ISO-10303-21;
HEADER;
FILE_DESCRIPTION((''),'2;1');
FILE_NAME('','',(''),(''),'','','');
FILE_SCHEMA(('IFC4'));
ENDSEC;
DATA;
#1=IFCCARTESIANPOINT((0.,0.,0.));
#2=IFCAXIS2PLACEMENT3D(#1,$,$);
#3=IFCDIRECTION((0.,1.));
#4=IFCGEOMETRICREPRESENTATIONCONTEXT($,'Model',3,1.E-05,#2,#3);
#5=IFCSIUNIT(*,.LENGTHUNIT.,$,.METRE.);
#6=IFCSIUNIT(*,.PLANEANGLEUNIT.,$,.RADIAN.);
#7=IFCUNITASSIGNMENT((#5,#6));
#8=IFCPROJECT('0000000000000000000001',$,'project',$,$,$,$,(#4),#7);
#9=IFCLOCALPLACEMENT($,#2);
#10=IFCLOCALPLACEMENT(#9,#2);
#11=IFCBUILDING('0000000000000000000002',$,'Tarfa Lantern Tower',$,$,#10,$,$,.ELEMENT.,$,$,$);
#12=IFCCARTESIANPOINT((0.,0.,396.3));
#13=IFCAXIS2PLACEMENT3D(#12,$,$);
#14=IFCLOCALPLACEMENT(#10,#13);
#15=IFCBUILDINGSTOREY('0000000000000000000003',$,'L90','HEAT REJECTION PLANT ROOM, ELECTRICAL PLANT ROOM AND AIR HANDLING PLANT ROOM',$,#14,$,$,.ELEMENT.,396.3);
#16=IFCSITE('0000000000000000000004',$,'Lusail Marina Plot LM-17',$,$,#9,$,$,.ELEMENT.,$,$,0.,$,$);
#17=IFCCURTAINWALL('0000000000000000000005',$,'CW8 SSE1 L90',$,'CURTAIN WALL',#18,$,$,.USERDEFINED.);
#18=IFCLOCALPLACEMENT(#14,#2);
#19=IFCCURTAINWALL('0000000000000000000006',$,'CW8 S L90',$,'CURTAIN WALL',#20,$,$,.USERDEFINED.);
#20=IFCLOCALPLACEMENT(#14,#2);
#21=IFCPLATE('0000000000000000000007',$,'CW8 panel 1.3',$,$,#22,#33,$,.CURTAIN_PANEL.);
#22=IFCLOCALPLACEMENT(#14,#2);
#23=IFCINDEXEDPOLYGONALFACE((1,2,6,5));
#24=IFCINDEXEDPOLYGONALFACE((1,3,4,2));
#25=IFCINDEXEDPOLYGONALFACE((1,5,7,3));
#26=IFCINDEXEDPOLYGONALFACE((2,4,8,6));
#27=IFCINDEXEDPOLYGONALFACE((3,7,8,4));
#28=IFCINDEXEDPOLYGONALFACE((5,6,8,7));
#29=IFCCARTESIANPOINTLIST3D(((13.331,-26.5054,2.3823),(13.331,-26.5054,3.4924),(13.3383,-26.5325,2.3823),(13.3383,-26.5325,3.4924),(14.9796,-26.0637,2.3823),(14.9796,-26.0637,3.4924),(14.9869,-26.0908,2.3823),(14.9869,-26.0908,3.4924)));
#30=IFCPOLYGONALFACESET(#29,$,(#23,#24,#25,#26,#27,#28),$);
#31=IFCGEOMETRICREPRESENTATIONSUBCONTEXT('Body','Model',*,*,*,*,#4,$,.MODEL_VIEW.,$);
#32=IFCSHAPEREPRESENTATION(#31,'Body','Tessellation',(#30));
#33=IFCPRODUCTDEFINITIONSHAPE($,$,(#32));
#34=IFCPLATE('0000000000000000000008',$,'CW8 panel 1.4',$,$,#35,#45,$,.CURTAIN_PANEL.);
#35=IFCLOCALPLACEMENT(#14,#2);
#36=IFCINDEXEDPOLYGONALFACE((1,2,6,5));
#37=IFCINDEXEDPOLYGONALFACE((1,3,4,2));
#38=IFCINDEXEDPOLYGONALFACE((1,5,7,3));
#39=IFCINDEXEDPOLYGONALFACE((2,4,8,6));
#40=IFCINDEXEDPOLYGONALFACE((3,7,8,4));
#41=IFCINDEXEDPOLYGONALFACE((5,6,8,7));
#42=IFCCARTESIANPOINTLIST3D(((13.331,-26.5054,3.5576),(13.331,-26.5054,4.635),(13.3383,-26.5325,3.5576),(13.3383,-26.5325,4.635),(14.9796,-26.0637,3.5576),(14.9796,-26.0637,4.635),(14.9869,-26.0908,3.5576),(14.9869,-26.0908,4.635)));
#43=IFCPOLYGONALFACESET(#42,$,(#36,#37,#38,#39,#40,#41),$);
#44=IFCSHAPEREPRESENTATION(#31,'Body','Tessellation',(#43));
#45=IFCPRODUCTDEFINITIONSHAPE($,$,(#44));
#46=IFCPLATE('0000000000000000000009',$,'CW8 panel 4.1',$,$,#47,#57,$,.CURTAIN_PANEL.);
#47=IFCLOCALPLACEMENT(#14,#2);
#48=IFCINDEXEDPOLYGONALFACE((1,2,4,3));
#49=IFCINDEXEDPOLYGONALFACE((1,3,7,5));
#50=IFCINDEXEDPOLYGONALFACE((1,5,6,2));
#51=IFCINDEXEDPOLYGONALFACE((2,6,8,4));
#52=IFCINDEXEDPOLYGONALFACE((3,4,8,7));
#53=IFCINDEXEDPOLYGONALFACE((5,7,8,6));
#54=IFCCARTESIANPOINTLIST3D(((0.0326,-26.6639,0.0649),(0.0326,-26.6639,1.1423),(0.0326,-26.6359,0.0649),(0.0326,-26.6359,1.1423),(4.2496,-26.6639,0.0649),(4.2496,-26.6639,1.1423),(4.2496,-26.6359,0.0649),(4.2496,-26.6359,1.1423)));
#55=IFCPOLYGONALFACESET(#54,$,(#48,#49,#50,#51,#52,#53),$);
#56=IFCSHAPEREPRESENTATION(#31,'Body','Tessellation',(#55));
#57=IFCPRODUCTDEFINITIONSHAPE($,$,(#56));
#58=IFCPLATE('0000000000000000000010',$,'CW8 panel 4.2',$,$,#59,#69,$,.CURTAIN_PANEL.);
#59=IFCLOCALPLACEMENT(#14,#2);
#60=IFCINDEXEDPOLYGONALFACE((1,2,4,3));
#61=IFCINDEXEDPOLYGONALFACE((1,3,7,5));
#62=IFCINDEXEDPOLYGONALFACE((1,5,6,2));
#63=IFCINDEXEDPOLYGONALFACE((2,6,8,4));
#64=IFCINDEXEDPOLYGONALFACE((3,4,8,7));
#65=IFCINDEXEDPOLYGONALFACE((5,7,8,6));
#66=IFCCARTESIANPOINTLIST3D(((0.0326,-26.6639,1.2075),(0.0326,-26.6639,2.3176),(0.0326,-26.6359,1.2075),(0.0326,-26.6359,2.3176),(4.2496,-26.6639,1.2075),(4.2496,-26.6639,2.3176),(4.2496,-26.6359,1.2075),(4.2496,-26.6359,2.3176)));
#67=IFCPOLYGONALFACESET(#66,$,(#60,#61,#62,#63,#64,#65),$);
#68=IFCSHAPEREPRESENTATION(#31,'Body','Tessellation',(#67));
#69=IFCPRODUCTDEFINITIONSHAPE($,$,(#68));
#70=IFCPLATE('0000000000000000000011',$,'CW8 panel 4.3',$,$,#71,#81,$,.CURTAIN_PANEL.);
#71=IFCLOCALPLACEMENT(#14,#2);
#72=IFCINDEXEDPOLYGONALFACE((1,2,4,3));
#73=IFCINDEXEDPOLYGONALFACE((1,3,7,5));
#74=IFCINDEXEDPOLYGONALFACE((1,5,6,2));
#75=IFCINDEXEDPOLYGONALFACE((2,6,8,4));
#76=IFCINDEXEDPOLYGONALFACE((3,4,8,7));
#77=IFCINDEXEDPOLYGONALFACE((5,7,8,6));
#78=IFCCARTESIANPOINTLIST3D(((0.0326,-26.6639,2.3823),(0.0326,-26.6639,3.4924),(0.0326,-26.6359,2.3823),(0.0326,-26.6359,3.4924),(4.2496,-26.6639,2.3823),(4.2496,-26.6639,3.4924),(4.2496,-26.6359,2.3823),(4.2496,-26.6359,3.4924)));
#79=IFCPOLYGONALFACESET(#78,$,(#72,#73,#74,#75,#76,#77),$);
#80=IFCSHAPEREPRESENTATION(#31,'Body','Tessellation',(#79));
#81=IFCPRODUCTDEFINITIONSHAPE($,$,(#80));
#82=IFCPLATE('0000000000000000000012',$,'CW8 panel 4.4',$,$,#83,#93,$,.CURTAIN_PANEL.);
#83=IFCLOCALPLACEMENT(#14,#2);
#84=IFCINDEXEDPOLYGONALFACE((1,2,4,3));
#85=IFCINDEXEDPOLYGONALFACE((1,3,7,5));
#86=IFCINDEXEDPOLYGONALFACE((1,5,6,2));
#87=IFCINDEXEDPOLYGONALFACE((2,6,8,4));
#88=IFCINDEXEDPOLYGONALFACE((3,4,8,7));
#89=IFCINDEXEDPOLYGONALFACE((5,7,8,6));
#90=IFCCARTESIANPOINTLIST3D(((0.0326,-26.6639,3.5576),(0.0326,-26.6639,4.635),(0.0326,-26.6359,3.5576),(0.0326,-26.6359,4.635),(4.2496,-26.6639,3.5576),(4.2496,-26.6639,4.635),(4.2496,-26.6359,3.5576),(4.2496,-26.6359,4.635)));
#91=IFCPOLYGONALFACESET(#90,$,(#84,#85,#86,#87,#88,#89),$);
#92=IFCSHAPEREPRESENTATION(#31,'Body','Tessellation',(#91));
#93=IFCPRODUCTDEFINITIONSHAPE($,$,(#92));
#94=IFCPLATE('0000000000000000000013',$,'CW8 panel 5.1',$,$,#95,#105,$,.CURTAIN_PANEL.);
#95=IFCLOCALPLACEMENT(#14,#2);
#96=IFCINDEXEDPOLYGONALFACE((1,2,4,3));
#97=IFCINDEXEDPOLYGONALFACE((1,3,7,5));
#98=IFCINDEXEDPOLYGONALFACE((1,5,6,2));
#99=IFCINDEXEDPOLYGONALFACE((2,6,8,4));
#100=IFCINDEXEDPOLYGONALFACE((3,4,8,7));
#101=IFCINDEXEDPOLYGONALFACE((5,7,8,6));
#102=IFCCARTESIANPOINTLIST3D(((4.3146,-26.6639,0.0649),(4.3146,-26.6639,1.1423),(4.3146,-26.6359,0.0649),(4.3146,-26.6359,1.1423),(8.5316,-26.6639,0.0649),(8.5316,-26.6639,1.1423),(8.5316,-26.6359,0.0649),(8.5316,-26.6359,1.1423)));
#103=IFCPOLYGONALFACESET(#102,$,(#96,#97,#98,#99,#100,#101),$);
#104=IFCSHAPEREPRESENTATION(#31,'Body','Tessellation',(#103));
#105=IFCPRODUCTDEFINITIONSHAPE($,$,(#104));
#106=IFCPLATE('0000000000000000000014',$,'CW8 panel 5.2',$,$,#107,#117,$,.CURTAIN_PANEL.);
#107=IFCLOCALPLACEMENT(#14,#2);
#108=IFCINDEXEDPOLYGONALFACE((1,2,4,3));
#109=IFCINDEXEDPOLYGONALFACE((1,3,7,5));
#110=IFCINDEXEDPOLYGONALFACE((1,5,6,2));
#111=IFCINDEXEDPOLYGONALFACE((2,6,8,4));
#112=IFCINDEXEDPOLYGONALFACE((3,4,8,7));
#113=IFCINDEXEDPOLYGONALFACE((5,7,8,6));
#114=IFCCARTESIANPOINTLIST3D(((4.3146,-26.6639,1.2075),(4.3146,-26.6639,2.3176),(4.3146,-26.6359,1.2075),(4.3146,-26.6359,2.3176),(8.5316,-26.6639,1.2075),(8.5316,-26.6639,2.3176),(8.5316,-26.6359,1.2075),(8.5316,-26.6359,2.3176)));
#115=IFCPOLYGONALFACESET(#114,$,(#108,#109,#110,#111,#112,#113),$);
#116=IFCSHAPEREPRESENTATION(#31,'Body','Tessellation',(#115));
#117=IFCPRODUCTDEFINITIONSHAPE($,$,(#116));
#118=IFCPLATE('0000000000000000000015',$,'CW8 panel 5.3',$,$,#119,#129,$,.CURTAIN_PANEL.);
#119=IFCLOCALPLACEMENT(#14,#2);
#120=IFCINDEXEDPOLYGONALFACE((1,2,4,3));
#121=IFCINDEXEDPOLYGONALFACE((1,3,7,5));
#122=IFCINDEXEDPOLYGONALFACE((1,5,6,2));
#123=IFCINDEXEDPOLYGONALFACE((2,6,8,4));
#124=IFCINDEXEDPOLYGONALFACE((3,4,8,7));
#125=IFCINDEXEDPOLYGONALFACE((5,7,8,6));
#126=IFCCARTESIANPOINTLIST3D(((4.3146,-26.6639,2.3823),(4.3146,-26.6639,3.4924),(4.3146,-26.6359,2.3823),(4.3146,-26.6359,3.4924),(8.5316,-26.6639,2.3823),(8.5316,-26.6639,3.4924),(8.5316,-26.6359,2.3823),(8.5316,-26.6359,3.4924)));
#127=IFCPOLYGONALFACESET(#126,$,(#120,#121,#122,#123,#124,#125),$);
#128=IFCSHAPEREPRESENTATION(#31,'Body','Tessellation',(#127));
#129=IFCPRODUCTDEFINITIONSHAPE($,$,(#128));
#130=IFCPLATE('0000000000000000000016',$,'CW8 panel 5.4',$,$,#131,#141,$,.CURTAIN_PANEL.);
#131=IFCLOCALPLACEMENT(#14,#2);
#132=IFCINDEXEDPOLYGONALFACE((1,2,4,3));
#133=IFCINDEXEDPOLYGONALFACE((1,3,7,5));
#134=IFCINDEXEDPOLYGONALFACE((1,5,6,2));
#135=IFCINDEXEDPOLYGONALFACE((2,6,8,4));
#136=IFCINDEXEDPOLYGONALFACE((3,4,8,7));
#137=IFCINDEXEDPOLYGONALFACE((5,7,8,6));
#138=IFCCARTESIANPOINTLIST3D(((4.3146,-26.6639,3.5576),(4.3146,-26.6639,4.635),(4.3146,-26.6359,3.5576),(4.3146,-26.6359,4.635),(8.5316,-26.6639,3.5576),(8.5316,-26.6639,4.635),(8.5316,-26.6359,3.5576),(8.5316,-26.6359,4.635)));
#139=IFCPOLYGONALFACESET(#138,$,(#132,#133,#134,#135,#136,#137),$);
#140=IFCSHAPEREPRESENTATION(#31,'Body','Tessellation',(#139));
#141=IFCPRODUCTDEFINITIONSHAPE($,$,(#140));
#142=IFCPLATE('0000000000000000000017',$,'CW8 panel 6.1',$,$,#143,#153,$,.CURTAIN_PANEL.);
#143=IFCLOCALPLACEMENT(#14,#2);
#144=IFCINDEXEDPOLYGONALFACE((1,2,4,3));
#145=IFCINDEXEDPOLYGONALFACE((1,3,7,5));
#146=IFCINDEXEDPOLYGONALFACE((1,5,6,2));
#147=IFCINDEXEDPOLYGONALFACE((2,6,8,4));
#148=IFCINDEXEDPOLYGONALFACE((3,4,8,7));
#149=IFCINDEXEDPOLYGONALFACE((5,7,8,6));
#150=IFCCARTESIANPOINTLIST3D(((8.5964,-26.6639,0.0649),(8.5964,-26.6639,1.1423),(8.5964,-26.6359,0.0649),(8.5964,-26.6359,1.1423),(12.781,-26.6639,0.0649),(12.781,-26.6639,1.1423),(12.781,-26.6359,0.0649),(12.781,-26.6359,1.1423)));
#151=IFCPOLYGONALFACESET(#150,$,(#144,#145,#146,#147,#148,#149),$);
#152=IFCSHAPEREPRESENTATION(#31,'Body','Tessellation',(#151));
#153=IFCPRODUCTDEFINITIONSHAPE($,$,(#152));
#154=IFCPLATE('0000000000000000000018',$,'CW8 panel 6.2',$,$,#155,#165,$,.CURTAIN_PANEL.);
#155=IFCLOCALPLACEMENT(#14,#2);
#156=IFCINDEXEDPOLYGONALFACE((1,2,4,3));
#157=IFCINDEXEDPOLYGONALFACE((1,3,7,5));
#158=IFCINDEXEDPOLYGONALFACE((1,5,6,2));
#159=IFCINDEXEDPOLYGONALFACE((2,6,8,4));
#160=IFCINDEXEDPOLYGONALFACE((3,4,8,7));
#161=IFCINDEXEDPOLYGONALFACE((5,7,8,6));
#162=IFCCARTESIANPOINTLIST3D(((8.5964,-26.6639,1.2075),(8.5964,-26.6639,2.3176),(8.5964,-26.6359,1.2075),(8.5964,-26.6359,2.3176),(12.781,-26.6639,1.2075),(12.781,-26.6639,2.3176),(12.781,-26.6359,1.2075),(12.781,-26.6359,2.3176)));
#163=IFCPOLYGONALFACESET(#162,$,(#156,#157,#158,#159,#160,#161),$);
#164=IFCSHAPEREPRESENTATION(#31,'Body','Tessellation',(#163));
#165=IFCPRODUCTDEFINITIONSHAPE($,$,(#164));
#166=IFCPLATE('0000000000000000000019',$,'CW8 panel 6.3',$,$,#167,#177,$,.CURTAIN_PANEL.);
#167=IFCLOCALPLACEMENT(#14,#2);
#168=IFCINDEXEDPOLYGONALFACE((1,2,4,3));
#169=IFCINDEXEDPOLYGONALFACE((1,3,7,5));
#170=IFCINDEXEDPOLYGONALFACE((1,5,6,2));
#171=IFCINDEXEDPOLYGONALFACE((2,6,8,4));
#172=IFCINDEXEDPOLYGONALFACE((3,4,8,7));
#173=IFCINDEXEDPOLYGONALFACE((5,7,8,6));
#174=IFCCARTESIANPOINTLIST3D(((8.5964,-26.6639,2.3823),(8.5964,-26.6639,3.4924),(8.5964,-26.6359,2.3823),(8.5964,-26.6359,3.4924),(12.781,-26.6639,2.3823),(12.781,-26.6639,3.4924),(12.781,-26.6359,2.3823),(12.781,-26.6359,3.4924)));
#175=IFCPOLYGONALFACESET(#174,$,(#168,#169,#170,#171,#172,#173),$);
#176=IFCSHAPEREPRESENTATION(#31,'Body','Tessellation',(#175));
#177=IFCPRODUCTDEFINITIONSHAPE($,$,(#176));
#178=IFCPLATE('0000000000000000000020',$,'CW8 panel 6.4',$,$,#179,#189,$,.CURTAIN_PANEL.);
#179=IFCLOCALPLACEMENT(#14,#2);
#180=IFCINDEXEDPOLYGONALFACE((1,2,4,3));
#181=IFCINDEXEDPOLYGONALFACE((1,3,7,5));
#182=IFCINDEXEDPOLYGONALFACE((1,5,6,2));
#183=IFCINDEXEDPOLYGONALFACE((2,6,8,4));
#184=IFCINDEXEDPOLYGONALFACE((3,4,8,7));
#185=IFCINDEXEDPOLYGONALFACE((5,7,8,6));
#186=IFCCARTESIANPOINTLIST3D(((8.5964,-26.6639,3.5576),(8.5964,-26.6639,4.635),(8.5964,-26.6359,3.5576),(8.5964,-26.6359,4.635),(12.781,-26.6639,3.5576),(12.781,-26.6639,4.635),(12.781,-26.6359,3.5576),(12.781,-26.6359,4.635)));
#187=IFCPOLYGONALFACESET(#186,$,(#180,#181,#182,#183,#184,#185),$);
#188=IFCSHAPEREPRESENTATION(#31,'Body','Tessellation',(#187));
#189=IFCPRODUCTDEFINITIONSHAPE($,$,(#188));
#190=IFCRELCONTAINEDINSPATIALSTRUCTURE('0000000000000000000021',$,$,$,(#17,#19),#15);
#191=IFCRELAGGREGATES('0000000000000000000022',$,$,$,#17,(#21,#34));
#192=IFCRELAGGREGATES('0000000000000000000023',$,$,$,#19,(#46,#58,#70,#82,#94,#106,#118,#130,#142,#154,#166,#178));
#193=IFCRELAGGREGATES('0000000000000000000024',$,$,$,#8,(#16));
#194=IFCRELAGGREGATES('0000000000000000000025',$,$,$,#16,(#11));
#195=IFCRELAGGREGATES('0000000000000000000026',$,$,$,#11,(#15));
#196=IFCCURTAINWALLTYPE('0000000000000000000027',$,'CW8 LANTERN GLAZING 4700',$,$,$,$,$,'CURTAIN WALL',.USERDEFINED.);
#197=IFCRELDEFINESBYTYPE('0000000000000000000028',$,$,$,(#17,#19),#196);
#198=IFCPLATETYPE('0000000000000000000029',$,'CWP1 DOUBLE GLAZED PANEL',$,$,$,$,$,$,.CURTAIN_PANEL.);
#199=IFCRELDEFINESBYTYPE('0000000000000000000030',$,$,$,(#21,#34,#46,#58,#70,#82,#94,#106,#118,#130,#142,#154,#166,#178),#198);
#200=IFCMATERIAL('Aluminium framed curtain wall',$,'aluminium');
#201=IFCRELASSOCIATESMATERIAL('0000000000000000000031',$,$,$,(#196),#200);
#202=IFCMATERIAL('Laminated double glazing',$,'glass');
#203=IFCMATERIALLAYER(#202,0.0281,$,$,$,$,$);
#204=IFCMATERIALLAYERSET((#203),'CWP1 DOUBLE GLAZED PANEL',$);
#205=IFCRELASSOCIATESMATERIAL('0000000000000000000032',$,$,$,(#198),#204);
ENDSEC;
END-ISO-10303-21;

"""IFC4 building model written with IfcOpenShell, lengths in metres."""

from ifc_helpers import new_model, si_unit, direction, frame, origin, origin_2d, place, context, subcontext, project, spatial, rectangle, extrude, material, layer, layer_set, type_object, element, aggregate, save


model = new_model("IFC4")

# Units and contexts
model_context = context("Model", 3, precision=1e-05, world=origin(), true_north=direction((0.0, 1.0)))
body_context = subcontext(model_context, "Body", "Model", "MODEL_VIEW")
ifc_project = project(units=[si_unit("LENGTHUNIT", "METRE"), si_unit("PLANEANGLEUNIT", "RADIAN")], contexts=[model_context])

# Site, building, storey
site_placement = place(None, origin())
site = spatial("IfcSite", under=ifc_project, at=site_placement, Name="Lusail Marina Plot LM-17", CompositionType="ELEMENT", RefElevation=0.0)
building_placement = place(site_placement, origin())
building = spatial("IfcBuilding", under=site, at=building_placement, Name="Tarfa Lantern Tower", CompositionType="ELEMENT")
storey_placement = place(building_placement, frame((0.0, 0.0, 396.3)))
storey = spatial("IfcBuildingStorey", under=building, at=storey_placement, Name="L90", Description="HEAT REJECTION PLANT ROOM, ELECTRICAL PLANT ROOM AND AIR HANDLING PLANT ROOM", CompositionType="ELEMENT", Elevation=396.3)

# Curtain wall
ifc_material_1 = material(Name="Aluminium framed curtain wall", Category="aluminium")
curtain_wall_type = type_object("IfcCurtainWallType", Name="CW8 LANTERN GLAZING 4700", ElementType="CURTAIN WALL", PredefinedType="USERDEFINED", material=ifc_material_1)
curtain_wall_1_placement = place(storey_placement, origin())
curtain_wall_1 = element("IfcCurtainWall", 1, at=curtain_wall_1_placement, inside=storey, type_object=curtain_wall_type, Name="CW8 SSE1 L90", ObjectType="CURTAIN WALL", PredefinedType="USERDEFINED")

# Curtain wall
curtain_wall_2_placement = place(storey_placement, origin())
curtain_wall_2 = element("IfcCurtainWall", 2, at=curtain_wall_2_placement, inside=storey, type_object=curtain_wall_type, Name="CW8 S L90", ObjectType="CURTAIN WALL", PredefinedType="USERDEFINED")

# Plates
ifc_material_2 = material(Name="Laminated double glazing", Category="glass")
ifc_layer = layer(ifc_material_2, 0.0281)
ifc_layer_set = layer_set([ifc_layer], Name="CWP1 DOUBLE GLAZED PANEL")
plate_type = type_object("IfcPlateType", Name="CWP1 DOUBLE GLAZED PANEL", PredefinedType="CURTAIN_PANEL", material=ifc_layer_set)
plate_1_placement = place(storey_placement, frame((14.1589, -26.2981, 2.3823), z_axis=(0.0, 0.0, 1.0), x_axis=(0.965926, 0.258819, 0.0)))
plate_1 = element("IfcPlate", 3, at=plate_1_placement, type_object=plate_type, Name="CW8 panel 1.3", PredefinedType="CURTAIN_PANEL", context=body_context, shape_type="SweptSolid", body=[
    extrude(rectangle(XDim=1.7068, YDim=0.0281, at=origin_2d()), origin(), (0.0, 0.0, 1.0), 1.1101),
])
plate_2_placement = place(storey_placement, frame((14.1589, -26.2981, 3.5576), z_axis=(0.0, 0.0, 1.0), x_axis=(0.965926, 0.258819, 0.0)))
plate_2 = element("IfcPlate", 4, at=plate_2_placement, type_object=plate_type, Name="CW8 panel 1.4", PredefinedType="CURTAIN_PANEL", context=body_context, shape_type="SweptSolid", body=[
    extrude(rectangle(XDim=1.7068, YDim=0.0281, at=origin_2d()), origin(), (0.0, 0.0, 1.0), 1.0774),
])
aggregate(curtain_wall_1, [plate_1, plate_2])
plate_3_placement = place(storey_placement, frame((2.1411, -26.6499, 0.0649), z_axis=(0.0, 0.0, 1.0), x_axis=(1.0, 0.0, 0.0)))
plate_3 = element("IfcPlate", 5, at=plate_3_placement, type_object=plate_type, Name="CW8 panel 4.1", PredefinedType="CURTAIN_PANEL", context=body_context, shape_type="SweptSolid", body=[
    extrude(rectangle(XDim=4.217, YDim=0.0281, at=origin_2d()), origin(), (0.0, 0.0, 1.0), 1.0774),
])
plate_4_placement = place(storey_placement, frame((2.1411, -26.6499, 1.2075), z_axis=(0.0, 0.0, 1.0), x_axis=(1.0, 0.0, 0.0)))
plate_4 = element("IfcPlate", 6, at=plate_4_placement, type_object=plate_type, Name="CW8 panel 4.2", PredefinedType="CURTAIN_PANEL", context=body_context, shape_type="SweptSolid", body=[
    extrude(rectangle(XDim=4.217, YDim=0.0281, at=origin_2d()), origin(), (0.0, 0.0, 1.0), 1.1101),
])
plate_5_placement = place(storey_placement, frame((2.1411, -26.6499, 2.3823), z_axis=(0.0, 0.0, 1.0), x_axis=(1.0, 0.0, 0.0)))
plate_5 = element("IfcPlate", 7, at=plate_5_placement, type_object=plate_type, Name="CW8 panel 4.3", PredefinedType="CURTAIN_PANEL", context=body_context, shape_type="SweptSolid", body=[
    extrude(rectangle(XDim=4.217, YDim=0.0281, at=origin_2d()), origin(), (0.0, 0.0, 1.0), 1.1101),
])
plate_6_placement = place(storey_placement, frame((2.1411, -26.6499, 3.5576), z_axis=(0.0, 0.0, 1.0), x_axis=(1.0, 0.0, 0.0)))
plate_6 = element("IfcPlate", 8, at=plate_6_placement, type_object=plate_type, Name="CW8 panel 4.4", PredefinedType="CURTAIN_PANEL", context=body_context, shape_type="SweptSolid", body=[
    extrude(rectangle(XDim=4.217, YDim=0.0281, at=origin_2d()), origin(), (0.0, 0.0, 1.0), 1.0774),
])
plate_7_placement = place(storey_placement, frame((6.4231, -26.6499, 0.0649), z_axis=(0.0, 0.0, 1.0), x_axis=(1.0, 0.0, 0.0)))
plate_7 = element("IfcPlate", 9, at=plate_7_placement, type_object=plate_type, Name="CW8 panel 5.1", PredefinedType="CURTAIN_PANEL", context=body_context, shape_type="SweptSolid", body=[
    extrude(rectangle(XDim=4.217, YDim=0.0281, at=origin_2d()), origin(), (0.0, 0.0, 1.0), 1.0774),
])
plate_8_placement = place(storey_placement, frame((6.4231, -26.6499, 1.2075), z_axis=(0.0, 0.0, 1.0), x_axis=(1.0, 0.0, 0.0)))
plate_8 = element("IfcPlate", 10, at=plate_8_placement, type_object=plate_type, Name="CW8 panel 5.2", PredefinedType="CURTAIN_PANEL", context=body_context, shape_type="SweptSolid", body=[
    extrude(rectangle(XDim=4.217, YDim=0.0281, at=origin_2d()), origin(), (0.0, 0.0, 1.0), 1.1101),
])
plate_9_placement = place(storey_placement, frame((6.4231, -26.6499, 2.3823), z_axis=(0.0, 0.0, 1.0), x_axis=(1.0, 0.0, 0.0)))
plate_9 = element("IfcPlate", 11, at=plate_9_placement, type_object=plate_type, Name="CW8 panel 5.3", PredefinedType="CURTAIN_PANEL", context=body_context, shape_type="SweptSolid", body=[
    extrude(rectangle(XDim=4.217, YDim=0.0281, at=origin_2d()), origin(), (0.0, 0.0, 1.0), 1.1101),
])
plate_10_placement = place(storey_placement, frame((6.4231, -26.6499, 3.5576), z_axis=(0.0, 0.0, 1.0), x_axis=(1.0, 0.0, 0.0)))
plate_10 = element("IfcPlate", 12, at=plate_10_placement, type_object=plate_type, Name="CW8 panel 5.4", PredefinedType="CURTAIN_PANEL", context=body_context, shape_type="SweptSolid", body=[
    extrude(rectangle(XDim=4.217, YDim=0.0281, at=origin_2d()), origin(), (0.0, 0.0, 1.0), 1.0774),
])
plate_11_placement = place(storey_placement, frame((10.6887, -26.6499, 0.0649), z_axis=(0.0, 0.0, 1.0), x_axis=(1.0, 0.0, 0.0)))
plate_11 = element("IfcPlate", 13, at=plate_11_placement, type_object=plate_type, Name="CW8 panel 6.1", PredefinedType="CURTAIN_PANEL", context=body_context, shape_type="SweptSolid", body=[
    extrude(rectangle(XDim=4.1846, YDim=0.0281, at=origin_2d()), origin(), (0.0, 0.0, 1.0), 1.0774),
])
plate_12_placement = place(storey_placement, frame((10.6887, -26.6499, 1.2075), z_axis=(0.0, 0.0, 1.0), x_axis=(1.0, 0.0, 0.0)))
plate_12 = element("IfcPlate", 14, at=plate_12_placement, type_object=plate_type, Name="CW8 panel 6.2", PredefinedType="CURTAIN_PANEL", context=body_context, shape_type="SweptSolid", body=[
    extrude(rectangle(XDim=4.1846, YDim=0.0281, at=origin_2d()), origin(), (0.0, 0.0, 1.0), 1.1101),
])
plate_13_placement = place(storey_placement, frame((10.6887, -26.6499, 2.3823), z_axis=(0.0, 0.0, 1.0), x_axis=(1.0, 0.0, 0.0)))
plate_13 = element("IfcPlate", 15, at=plate_13_placement, type_object=plate_type, Name="CW8 panel 6.3", PredefinedType="CURTAIN_PANEL", context=body_context, shape_type="SweptSolid", body=[
    extrude(rectangle(XDim=4.1846, YDim=0.0281, at=origin_2d()), origin(), (0.0, 0.0, 1.0), 1.1101),
])
plate_14_placement = place(storey_placement, frame((10.6887, -26.6499, 3.5576), z_axis=(0.0, 0.0, 1.0), x_axis=(1.0, 0.0, 0.0)))
plate_14 = element("IfcPlate", 16, at=plate_14_placement, type_object=plate_type, Name="CW8 panel 6.4", PredefinedType="CURTAIN_PANEL", context=body_context, shape_type="SweptSolid", body=[
    extrude(rectangle(XDim=4.1846, YDim=0.0281, at=origin_2d()), origin(), (0.0, 0.0, 1.0), 1.0774),
])
aggregate(curtain_wall_2, [plate_3, plate_4, plate_5, plate_6, plate_7, plate_8, plate_9, plate_10, plate_11, plate_12, plate_13, plate_14])

save(model, "model.ifc")
